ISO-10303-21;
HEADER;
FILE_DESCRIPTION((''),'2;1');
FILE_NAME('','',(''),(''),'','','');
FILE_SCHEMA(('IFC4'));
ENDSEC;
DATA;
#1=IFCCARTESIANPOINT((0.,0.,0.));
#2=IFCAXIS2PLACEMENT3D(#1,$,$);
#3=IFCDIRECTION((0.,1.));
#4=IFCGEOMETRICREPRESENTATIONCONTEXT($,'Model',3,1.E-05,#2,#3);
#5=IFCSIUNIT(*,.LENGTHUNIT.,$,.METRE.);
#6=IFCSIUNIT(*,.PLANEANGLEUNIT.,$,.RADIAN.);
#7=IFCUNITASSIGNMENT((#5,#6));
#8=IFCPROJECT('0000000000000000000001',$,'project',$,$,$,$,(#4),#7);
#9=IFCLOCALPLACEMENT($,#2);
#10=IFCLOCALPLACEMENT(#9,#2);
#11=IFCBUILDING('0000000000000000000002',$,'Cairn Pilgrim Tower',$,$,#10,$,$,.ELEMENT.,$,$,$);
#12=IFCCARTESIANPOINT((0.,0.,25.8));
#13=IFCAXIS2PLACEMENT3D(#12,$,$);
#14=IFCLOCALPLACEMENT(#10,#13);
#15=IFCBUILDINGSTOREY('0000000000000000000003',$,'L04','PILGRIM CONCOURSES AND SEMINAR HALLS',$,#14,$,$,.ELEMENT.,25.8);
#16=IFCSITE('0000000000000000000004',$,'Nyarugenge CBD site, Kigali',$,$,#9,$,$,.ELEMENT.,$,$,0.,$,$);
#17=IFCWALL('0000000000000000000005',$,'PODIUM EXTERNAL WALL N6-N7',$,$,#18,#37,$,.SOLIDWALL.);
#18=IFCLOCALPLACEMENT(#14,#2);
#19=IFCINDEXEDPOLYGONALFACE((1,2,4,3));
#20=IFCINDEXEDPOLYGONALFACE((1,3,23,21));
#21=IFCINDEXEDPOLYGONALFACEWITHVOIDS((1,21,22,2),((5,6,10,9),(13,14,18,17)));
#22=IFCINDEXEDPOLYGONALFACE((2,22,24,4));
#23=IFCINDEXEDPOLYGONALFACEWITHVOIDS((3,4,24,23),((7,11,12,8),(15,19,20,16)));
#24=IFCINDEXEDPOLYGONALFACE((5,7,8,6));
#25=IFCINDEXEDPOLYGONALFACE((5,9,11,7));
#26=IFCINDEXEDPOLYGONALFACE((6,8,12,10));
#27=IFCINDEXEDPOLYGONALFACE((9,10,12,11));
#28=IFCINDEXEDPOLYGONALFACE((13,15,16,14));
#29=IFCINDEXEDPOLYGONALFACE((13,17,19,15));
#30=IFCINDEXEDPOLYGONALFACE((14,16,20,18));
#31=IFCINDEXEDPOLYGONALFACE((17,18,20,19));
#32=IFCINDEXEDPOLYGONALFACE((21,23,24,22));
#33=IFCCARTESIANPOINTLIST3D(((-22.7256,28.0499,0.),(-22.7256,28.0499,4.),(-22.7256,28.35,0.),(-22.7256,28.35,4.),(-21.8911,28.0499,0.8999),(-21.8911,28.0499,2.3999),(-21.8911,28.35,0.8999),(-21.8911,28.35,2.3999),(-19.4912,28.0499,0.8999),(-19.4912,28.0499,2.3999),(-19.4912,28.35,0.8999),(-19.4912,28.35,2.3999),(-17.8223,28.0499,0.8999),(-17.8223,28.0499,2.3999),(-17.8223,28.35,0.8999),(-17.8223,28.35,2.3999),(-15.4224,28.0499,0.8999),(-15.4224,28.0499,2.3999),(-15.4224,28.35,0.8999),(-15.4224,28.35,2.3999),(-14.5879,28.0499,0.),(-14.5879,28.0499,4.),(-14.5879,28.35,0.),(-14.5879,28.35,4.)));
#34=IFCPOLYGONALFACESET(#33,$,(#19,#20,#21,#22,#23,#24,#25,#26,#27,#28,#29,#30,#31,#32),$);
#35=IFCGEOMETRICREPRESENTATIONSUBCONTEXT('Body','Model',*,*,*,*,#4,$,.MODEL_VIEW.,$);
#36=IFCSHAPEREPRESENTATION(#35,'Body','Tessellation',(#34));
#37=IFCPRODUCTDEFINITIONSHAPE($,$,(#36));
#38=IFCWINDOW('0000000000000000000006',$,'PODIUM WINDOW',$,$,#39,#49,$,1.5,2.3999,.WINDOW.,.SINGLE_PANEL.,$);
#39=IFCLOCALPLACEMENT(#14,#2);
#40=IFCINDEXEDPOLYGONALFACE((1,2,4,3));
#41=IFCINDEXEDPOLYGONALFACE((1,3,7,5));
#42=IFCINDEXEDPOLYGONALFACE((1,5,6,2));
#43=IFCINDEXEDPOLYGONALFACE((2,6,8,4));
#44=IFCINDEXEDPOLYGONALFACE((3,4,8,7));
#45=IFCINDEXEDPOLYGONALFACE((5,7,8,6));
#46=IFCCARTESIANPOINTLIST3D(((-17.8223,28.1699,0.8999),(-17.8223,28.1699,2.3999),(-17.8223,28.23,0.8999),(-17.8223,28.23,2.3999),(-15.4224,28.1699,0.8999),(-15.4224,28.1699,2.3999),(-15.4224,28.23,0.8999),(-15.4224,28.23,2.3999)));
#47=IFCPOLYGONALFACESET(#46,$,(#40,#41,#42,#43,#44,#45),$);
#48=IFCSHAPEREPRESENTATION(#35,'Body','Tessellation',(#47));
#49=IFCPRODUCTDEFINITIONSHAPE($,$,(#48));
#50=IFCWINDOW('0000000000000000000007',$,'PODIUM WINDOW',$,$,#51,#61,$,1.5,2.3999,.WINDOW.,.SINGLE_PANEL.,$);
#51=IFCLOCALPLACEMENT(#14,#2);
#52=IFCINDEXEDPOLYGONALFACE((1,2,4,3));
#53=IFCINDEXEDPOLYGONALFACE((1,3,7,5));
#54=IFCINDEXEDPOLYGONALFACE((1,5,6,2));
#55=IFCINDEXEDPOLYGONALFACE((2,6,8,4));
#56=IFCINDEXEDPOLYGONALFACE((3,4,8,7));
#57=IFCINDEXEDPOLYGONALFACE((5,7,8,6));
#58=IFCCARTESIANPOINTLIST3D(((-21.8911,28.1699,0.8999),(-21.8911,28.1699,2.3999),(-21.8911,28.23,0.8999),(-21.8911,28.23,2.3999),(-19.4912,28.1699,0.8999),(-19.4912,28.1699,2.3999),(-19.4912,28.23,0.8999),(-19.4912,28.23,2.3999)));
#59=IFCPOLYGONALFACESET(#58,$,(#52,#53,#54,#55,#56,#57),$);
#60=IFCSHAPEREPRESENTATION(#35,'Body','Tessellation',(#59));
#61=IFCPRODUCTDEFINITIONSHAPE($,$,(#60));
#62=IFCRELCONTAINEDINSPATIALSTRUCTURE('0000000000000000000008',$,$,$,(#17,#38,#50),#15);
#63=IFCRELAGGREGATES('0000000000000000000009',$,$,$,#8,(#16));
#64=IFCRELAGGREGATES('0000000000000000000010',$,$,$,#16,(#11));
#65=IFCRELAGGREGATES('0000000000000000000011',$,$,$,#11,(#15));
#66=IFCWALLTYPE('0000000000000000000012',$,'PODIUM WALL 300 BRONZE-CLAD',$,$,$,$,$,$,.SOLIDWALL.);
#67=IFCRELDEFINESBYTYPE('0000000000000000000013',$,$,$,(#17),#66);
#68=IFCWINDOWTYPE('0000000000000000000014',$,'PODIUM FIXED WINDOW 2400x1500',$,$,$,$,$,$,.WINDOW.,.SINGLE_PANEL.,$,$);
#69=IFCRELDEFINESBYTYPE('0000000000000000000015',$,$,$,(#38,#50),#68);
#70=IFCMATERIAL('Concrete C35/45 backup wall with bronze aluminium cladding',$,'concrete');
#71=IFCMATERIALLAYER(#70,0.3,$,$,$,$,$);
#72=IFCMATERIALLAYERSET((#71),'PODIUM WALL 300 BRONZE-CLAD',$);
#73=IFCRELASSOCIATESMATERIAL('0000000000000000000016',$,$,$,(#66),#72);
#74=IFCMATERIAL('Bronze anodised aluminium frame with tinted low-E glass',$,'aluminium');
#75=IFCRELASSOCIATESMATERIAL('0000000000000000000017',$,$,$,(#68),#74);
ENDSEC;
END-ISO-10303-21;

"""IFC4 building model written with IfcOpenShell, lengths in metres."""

from ifc_helpers import new_model, si_unit, direction, frame, frame_2d, origin, place, context, subcontext, project, spatial, rectangle, extrude, material, layer, layer_set, type_object, element, fill, save


model = new_model("IFC4")

# Units and contexts
model_context = context("Model", 3, precision=1e-05, world=origin(), true_north=direction((0.0, 1.0)))
body_context = subcontext(model_context, "Body", "Model", "MODEL_VIEW")
ifc_project = project(units=[si_unit("LENGTHUNIT", "METRE"), si_unit("PLANEANGLEUNIT", "RADIAN")], contexts=[model_context])

# Site, building, storey
site_placement = place(None, origin())
site = spatial("IfcSite", under=ifc_project, at=site_placement, Name="Nyarugenge CBD site, Kigali", CompositionType="ELEMENT", RefElevation=0.0)
building_placement = place(site_placement, origin())
building = spatial("IfcBuilding", under=site, at=building_placement, Name="Cairn Pilgrim Tower", CompositionType="ELEMENT")
storey_placement = place(building_placement, frame((0.0, 0.0, 25.8)))
storey = spatial("IfcBuildingStorey", under=building, at=storey_placement, Name="L04", Description="PILGRIM CONCOURSES AND SEMINAR HALLS", CompositionType="ELEMENT", Elevation=25.8)

# Wall, openings, windows
ifc_material_1 = material(Name="Concrete C35/45 backup wall with bronze aluminium cladding", Category="concrete")
ifc_layer_1 = layer(ifc_material_1, 0.3)
ifc_layer_set_1 = layer_set([ifc_layer_1], Name="PODIUM WALL 300 BRONZE-CLAD")
wall_type_1 = type_object("IfcWallType", Name="PODIUM WALL 300 BRONZE-CLAD", PredefinedType="SOLIDWALL", material=ifc_layer_set_1)
ifc_material_2 = material(Name="Bronze anodised aluminium frame with tinted low-E glass", Category="aluminium")
window_type = type_object("IfcWindowType", Name="PODIUM FIXED WINDOW 2400x1500", PartitioningType="SINGLE_PANEL", PredefinedType="WINDOW", material=ifc_material_2)
wall_1_placement = place(storey_placement, frame((-14.5879, 28.2, 0.0), z_axis=(0.0, 0.0, 1.0), x_axis=(-1.0, 0.0, 0.0)))
wall_1 = element("IfcWall", 1, at=wall_1_placement, inside=storey, type_object=wall_type_1, Name="PODIUM EXTERNAL WALL N6-N7", PredefinedType="SOLIDWALL", context=body_context, shape_type="SweptSolid", body=[
    extrude(rectangle(XDim=8.1377, YDim=0.3, at=frame_2d((4.0688, 0.0))), origin(), (0.0, 0.0, 1.0), 4.0),
])
opening_1_placement = place(wall_1_placement, frame((0.8345, 0.0, 0.8999)))
opening_1 = element("IfcOpeningElement", 2, at=opening_1_placement, cuts=wall_1, PredefinedType="OPENING", context=body_context, shape_type="SweptSolid", body=[
    extrude(rectangle(XDim=2.3999, YDim=1.5, at=frame_2d((1.2, 0.75))), frame((0.0, 0.1602, 0.0), z_axis=(0.0, -1.0, 0.0), x_axis=(1.0, 0.0, 0.0)), (0.0, 0.0, 1.0), 0.3201),
])
opening_2_placement = place(wall_1_placement, frame((4.9033, 0.0, 0.8999)))
opening_2 = element("IfcOpeningElement", 3, at=opening_2_placement, cuts=wall_1, PredefinedType="OPENING", context=body_context, shape_type="SweptSolid", body=[
    extrude(rectangle(XDim=2.3999, YDim=1.5, at=frame_2d((1.2, 0.75))), frame((0.0, 0.1602, 0.0), z_axis=(0.0, -1.0, 0.0), x_axis=(1.0, 0.0, 0.0)), (0.0, 0.0, 1.0), 0.3201),
])
window_1_placement = place(opening_1_placement, origin())
window_1 = element("IfcWindow", 4, at=window_1_placement, inside=storey, type_object=window_type, Name="PODIUM WINDOW", OverallHeight=1.5, OverallWidth=2.3999, PartitioningType="SINGLE_PANEL", PredefinedType="WINDOW", context=body_context, shape_type="SweptSolid", body=[
    extrude(rectangle(XDim=2.3999, YDim=1.5, at=frame_2d((1.2, 0.75))), frame((0.0, 0.03, 0.0), z_axis=(0.0, -1.0, 0.0), x_axis=(1.0, 0.0, 0.0)), (0.0, 0.0, 1.0), 0.0601),
])
fill(opening_1, window_1)
window_2_placement = place(opening_2_placement, origin())
window_2 = element("IfcWindow", 5, at=window_2_placement, inside=storey, type_object=window_type, Name="PODIUM WINDOW", OverallHeight=1.5, OverallWidth=2.3999, PartitioningType="SINGLE_PANEL", PredefinedType="WINDOW", context=body_context, shape_type="SweptSolid", body=[
    extrude(rectangle(XDim=2.3999, YDim=1.5, at=frame_2d((1.2, 0.75))), frame((0.0, 0.03, 0.0), z_axis=(0.0, -1.0, 0.0), x_axis=(1.0, 0.0, 0.0)), (0.0, 0.0, 1.0), 0.0601),
])
fill(opening_2, window_2)

save(model, "model.ifc")
